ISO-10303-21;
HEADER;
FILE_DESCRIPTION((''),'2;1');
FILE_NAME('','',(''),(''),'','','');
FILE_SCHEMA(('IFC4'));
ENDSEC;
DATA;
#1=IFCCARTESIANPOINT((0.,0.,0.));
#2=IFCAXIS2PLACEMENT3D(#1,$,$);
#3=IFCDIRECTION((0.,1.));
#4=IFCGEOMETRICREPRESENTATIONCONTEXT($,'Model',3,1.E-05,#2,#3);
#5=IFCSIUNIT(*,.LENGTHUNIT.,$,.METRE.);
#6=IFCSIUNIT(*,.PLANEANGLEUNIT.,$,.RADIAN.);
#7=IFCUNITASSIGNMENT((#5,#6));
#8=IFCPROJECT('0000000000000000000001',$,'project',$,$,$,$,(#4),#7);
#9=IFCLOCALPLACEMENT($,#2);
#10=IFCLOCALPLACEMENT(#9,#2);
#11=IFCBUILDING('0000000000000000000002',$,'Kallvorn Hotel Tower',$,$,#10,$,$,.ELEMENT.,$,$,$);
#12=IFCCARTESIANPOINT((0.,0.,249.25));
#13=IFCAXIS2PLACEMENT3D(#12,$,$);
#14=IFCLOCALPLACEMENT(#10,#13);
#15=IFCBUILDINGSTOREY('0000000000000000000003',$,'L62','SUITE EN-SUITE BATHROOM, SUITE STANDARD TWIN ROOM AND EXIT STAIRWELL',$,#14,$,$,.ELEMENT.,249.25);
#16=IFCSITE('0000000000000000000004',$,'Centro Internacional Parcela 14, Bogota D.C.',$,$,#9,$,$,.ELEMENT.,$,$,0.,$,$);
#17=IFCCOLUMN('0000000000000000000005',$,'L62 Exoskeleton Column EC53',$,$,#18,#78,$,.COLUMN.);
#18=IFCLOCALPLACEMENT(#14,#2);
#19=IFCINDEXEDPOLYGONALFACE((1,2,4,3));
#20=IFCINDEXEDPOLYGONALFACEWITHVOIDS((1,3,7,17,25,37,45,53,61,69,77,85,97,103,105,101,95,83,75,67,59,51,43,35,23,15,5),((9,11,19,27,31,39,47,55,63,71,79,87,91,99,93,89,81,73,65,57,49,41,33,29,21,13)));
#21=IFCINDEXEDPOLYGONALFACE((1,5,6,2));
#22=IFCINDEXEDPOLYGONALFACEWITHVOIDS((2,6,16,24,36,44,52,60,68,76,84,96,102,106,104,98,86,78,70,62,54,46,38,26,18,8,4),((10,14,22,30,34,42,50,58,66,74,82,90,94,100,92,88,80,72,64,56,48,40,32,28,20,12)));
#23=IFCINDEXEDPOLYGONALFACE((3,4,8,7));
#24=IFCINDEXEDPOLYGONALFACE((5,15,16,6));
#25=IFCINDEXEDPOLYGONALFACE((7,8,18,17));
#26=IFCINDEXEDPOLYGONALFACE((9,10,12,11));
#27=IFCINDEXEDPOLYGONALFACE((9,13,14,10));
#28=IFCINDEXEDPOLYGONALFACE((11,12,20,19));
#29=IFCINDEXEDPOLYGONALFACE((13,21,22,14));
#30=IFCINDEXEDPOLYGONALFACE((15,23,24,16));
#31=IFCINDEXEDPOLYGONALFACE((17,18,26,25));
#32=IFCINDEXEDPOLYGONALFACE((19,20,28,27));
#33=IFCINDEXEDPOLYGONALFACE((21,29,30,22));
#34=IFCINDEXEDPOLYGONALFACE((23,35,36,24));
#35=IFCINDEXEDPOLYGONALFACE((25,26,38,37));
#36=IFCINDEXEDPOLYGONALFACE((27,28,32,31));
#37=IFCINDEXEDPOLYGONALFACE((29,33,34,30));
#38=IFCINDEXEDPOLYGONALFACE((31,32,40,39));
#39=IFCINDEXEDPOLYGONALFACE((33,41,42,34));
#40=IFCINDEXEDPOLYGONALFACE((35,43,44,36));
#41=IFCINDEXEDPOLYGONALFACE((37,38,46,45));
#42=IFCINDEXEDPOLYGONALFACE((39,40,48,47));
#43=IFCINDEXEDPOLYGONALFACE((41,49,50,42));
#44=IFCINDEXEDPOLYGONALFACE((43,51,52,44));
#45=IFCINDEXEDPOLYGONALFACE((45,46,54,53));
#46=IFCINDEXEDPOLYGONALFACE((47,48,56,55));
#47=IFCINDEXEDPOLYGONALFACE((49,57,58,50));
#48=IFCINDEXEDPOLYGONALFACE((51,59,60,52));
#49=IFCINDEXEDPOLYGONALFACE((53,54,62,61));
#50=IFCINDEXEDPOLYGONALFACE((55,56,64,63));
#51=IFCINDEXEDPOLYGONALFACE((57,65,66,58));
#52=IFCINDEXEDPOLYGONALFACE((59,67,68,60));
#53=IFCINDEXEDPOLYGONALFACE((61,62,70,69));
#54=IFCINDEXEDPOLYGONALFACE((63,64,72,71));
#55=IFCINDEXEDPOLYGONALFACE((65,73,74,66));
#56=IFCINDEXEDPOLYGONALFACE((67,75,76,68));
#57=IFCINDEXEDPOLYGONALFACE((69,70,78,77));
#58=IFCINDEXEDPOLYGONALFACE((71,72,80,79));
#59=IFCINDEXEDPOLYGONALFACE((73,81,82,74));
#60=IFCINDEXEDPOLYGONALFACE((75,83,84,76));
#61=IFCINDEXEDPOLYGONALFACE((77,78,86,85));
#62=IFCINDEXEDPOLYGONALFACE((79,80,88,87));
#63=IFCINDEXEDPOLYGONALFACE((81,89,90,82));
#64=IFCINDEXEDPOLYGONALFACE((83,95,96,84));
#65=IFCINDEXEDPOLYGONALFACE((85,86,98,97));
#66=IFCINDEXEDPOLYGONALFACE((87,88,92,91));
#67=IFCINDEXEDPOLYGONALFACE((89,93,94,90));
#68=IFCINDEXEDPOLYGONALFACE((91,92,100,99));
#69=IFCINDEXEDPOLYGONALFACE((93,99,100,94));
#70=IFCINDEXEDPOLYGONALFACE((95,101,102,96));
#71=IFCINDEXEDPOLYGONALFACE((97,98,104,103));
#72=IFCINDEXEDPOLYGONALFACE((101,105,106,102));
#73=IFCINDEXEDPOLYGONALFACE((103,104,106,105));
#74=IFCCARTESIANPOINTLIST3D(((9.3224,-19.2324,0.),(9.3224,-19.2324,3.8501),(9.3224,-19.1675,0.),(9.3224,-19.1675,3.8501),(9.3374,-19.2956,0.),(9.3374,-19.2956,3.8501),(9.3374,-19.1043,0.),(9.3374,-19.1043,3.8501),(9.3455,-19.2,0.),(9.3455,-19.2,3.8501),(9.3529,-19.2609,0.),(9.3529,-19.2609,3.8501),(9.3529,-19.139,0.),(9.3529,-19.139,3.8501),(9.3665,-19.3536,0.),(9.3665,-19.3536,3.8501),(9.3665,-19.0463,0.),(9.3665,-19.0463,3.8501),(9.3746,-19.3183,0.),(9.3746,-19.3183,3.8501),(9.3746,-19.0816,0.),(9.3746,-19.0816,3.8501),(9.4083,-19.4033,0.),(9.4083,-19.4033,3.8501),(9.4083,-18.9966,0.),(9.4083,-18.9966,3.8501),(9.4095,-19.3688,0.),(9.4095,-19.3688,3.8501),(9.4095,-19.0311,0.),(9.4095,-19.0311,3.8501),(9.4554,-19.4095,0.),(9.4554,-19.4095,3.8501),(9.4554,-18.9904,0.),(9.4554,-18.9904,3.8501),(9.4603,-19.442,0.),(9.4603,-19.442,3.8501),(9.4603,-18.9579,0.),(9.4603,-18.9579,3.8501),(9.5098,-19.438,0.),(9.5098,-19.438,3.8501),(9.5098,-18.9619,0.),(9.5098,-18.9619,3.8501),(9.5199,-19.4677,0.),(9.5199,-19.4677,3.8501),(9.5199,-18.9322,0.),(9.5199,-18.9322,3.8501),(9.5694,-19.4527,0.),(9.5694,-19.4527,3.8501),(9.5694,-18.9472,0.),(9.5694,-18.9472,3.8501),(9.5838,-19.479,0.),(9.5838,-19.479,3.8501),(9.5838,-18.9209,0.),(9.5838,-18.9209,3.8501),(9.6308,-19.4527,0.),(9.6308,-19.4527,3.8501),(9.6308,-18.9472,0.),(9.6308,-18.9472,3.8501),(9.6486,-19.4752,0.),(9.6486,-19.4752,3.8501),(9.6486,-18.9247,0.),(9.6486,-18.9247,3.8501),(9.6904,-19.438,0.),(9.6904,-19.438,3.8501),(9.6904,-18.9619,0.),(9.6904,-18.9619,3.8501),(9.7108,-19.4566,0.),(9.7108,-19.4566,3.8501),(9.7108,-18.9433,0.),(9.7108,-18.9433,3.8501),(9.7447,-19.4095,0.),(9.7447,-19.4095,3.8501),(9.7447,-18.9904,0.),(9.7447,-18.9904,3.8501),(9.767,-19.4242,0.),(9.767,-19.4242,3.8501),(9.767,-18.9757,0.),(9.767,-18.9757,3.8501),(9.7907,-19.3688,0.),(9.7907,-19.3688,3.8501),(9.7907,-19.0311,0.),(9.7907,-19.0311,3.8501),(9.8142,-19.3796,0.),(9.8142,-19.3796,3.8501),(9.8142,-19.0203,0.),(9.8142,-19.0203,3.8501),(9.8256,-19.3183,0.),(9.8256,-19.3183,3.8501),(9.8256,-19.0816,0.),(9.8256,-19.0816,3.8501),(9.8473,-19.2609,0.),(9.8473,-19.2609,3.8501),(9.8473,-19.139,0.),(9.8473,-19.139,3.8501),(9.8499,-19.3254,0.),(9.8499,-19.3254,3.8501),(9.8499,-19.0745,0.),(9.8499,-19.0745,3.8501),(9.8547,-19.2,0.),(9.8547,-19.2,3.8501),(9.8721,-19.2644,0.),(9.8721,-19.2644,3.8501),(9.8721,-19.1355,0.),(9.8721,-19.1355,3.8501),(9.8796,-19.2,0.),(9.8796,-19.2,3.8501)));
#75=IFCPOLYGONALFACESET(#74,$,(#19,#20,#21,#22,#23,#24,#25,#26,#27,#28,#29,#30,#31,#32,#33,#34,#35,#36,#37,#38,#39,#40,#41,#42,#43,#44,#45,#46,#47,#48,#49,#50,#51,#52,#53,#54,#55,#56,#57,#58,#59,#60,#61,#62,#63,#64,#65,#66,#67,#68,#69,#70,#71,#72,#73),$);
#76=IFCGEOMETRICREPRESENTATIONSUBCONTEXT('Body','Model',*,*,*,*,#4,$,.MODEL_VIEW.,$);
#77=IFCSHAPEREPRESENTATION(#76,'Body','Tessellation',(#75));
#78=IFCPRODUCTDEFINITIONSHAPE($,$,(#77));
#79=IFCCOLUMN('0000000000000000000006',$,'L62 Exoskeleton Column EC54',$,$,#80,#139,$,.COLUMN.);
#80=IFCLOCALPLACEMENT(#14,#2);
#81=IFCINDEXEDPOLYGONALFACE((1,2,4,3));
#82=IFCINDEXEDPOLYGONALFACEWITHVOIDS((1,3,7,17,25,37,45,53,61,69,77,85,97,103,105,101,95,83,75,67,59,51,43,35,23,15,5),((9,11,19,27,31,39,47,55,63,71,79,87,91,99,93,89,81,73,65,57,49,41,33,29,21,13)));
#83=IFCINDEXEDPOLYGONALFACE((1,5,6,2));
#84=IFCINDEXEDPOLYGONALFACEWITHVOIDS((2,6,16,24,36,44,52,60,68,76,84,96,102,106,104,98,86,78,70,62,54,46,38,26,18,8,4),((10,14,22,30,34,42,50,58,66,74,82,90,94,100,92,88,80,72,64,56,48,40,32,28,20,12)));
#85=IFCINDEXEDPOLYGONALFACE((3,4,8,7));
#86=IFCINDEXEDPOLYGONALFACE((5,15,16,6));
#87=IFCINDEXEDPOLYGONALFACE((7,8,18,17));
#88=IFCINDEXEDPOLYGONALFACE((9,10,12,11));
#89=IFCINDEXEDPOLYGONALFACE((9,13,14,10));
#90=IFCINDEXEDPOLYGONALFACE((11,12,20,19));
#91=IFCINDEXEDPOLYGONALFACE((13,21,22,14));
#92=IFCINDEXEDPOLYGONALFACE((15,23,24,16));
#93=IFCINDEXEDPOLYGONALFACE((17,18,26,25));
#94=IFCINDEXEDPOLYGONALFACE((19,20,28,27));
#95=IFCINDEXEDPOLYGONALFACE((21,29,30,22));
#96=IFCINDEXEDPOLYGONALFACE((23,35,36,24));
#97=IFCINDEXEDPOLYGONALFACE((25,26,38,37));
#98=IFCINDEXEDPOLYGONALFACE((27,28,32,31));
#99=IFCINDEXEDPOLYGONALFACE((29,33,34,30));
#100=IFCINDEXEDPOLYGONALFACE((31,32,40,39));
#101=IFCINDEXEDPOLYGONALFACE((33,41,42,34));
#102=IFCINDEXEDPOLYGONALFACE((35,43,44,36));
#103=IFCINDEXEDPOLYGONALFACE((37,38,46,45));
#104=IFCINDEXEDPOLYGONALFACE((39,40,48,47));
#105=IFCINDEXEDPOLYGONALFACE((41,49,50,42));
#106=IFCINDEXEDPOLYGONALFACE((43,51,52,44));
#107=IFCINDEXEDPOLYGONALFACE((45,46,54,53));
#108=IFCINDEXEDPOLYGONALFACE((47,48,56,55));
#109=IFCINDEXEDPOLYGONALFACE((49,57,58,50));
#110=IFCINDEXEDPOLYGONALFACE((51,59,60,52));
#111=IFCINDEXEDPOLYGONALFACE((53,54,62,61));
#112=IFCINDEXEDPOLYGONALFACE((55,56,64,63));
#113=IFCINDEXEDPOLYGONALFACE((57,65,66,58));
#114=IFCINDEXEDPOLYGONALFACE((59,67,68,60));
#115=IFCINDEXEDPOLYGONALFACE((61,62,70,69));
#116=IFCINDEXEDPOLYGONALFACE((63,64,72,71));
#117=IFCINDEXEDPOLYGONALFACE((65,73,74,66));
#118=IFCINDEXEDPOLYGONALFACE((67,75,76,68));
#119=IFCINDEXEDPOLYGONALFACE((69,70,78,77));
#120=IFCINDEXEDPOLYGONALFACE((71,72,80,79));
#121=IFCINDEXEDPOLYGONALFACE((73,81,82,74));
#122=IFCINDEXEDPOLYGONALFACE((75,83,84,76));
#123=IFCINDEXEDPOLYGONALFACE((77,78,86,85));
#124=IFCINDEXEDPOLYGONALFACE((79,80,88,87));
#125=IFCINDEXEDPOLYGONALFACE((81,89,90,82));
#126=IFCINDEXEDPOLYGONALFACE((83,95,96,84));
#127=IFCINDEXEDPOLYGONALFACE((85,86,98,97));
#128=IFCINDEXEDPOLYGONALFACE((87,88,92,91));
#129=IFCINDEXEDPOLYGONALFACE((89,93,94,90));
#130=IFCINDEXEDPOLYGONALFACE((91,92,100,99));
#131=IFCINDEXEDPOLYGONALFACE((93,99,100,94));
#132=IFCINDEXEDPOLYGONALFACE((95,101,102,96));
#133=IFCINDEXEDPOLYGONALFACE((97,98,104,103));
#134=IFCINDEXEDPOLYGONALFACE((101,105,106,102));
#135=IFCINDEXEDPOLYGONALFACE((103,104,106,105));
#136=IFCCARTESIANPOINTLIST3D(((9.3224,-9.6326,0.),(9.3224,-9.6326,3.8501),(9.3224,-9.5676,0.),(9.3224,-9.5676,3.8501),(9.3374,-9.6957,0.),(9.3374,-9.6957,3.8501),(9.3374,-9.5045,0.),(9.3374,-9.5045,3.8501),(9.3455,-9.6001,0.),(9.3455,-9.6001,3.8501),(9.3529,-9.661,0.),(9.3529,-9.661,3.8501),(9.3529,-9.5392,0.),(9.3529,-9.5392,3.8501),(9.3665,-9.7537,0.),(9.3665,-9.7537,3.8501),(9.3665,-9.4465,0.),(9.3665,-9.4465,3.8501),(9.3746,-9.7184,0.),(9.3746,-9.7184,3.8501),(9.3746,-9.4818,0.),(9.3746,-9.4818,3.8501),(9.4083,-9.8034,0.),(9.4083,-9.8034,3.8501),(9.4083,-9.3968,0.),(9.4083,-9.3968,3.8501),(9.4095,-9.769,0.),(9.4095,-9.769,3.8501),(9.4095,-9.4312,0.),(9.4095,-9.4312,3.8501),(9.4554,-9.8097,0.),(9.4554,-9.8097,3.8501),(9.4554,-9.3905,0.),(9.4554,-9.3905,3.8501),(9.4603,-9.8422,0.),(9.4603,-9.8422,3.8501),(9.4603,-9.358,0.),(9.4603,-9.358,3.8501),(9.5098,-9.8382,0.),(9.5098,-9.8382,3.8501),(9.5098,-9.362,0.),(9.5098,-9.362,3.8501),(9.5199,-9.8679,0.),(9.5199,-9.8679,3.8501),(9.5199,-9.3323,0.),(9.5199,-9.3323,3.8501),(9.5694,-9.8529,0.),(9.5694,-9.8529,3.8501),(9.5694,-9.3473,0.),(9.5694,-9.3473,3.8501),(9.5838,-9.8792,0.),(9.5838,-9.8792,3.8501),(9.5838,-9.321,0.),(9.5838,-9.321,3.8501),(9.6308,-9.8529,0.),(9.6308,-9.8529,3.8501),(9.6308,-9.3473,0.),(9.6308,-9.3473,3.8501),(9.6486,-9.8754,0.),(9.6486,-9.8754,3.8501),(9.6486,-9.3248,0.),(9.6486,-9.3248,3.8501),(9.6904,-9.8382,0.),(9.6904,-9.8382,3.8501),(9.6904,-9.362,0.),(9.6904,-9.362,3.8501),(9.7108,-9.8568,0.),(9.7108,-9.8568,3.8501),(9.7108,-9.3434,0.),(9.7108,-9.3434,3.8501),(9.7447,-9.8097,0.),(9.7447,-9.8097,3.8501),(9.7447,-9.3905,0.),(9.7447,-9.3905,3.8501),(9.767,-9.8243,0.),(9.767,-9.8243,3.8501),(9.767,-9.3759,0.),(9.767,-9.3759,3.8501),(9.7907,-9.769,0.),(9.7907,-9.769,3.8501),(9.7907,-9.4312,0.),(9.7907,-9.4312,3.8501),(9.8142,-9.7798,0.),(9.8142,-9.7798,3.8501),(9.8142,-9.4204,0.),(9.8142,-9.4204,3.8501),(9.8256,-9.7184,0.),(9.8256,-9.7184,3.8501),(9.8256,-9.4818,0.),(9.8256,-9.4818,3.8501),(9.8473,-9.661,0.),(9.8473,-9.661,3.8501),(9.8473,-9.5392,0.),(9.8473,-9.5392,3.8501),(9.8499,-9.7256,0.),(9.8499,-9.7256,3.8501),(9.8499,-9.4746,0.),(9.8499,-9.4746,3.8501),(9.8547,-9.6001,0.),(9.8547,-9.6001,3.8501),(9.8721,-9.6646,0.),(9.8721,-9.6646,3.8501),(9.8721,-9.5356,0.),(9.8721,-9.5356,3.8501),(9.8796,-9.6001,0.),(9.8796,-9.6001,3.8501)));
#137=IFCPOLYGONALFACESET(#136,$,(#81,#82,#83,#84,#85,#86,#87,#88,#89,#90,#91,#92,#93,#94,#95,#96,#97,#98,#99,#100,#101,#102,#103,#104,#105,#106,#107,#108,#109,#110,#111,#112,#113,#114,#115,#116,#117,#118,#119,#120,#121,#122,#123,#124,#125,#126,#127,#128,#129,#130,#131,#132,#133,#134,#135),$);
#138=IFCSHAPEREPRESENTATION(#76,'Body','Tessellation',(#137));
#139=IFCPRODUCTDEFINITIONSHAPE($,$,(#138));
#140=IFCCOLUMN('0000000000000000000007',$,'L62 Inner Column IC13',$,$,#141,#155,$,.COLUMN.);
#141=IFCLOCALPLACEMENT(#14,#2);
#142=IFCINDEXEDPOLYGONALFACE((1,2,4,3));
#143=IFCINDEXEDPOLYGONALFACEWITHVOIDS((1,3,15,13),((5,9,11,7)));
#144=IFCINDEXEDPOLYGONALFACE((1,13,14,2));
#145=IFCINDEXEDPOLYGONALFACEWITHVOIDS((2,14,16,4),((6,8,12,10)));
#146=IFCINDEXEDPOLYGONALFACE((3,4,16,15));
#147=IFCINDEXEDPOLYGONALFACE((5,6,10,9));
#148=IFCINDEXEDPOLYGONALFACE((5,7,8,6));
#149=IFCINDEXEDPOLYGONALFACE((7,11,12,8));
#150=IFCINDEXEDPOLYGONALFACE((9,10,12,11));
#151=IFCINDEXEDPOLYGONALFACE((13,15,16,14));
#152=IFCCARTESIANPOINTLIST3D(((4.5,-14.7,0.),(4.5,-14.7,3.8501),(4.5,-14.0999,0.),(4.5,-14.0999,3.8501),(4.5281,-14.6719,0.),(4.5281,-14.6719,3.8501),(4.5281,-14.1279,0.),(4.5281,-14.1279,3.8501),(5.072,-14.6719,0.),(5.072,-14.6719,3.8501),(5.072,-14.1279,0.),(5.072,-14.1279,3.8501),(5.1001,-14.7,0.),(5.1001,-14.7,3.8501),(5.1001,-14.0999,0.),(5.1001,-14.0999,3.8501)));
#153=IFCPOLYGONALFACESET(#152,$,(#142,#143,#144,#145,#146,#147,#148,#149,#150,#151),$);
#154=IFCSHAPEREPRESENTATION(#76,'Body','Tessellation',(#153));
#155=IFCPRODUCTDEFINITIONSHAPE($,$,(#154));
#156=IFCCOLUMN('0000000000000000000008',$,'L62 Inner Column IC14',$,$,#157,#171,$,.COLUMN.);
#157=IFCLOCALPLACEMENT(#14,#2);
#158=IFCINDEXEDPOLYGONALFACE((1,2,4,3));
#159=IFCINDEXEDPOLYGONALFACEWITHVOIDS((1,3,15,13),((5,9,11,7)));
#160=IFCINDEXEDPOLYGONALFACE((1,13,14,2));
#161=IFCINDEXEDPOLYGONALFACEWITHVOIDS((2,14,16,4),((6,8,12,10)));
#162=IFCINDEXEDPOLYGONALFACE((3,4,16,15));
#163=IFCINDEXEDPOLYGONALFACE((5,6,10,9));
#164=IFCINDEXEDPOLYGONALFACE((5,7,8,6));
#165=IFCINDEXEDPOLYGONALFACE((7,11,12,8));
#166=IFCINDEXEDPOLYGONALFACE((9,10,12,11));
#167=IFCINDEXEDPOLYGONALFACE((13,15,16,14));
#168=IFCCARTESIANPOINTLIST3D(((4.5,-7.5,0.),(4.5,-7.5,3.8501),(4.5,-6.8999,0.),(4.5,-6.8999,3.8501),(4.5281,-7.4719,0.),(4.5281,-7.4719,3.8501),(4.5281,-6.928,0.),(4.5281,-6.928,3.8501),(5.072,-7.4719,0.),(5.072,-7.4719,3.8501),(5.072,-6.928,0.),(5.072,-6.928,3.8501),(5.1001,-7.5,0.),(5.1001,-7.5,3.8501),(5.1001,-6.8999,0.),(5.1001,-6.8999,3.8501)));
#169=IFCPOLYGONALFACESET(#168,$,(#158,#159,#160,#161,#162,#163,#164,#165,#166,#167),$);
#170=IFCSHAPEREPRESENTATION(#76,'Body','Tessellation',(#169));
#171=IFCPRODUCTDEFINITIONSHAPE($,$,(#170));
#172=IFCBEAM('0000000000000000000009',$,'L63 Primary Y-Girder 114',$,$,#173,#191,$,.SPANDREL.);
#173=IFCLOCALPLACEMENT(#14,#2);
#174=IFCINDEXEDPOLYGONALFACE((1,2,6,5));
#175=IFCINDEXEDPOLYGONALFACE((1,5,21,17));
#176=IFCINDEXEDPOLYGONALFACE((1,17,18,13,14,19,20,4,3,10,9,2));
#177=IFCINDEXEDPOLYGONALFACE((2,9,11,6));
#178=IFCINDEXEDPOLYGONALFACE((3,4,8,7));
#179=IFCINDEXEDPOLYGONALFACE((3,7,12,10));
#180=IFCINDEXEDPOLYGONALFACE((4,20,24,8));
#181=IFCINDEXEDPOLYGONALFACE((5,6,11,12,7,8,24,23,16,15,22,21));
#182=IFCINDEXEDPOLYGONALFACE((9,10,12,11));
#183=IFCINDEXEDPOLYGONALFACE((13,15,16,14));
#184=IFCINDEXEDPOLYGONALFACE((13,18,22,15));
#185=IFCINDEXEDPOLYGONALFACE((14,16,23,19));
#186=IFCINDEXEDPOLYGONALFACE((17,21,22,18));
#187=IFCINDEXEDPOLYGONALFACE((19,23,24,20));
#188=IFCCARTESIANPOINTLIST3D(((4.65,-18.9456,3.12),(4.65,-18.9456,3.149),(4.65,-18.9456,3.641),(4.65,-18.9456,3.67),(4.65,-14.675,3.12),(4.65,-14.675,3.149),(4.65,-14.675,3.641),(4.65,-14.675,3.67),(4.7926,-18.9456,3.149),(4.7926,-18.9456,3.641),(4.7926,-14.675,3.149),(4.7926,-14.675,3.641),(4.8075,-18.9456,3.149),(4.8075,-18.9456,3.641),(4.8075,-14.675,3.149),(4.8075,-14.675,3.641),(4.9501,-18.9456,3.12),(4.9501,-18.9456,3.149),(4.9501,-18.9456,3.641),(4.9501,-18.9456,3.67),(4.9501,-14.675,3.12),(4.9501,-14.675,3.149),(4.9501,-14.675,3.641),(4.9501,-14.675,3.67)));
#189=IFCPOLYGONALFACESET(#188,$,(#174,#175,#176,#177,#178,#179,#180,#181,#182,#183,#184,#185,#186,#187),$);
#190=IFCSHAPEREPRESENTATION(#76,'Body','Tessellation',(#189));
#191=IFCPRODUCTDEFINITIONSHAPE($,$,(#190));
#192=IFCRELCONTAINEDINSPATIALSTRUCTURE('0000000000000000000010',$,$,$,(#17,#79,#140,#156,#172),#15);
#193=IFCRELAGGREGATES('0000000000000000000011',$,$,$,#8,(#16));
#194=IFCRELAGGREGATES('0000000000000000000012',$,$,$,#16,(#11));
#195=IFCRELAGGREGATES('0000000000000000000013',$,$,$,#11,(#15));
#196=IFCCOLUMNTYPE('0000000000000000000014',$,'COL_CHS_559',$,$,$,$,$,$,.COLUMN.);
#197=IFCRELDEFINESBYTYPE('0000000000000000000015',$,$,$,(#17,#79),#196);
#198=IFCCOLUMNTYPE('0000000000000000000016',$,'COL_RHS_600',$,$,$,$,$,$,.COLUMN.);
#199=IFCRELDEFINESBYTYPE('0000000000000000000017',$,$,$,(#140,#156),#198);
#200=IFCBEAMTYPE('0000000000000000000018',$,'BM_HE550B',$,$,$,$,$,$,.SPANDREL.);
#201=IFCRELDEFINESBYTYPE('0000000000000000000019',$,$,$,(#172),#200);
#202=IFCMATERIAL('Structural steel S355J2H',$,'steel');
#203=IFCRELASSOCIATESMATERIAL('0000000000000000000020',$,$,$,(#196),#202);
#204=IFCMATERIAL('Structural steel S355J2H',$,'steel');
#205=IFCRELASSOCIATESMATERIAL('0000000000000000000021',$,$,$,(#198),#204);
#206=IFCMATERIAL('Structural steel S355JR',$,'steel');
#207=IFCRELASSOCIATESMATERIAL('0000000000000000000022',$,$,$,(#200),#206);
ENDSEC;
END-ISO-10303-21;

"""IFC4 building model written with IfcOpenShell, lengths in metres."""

from ifc_helpers import new_model, si_unit, direction, frame, origin, origin_2d, place, context, subcontext, project, spatial, hollow_rectangle, hollow_circle, i_section, extrude, material, material_profile, profile_set, type_object, element, save


model = new_model("IFC4")

# Units and contexts
model_context = context("Model", 3, precision=1e-05, world=origin(), true_north=direction((0.0, 1.0)))
body_context = subcontext(model_context, "Body", "Model", "MODEL_VIEW")
ifc_project = project(units=[si_unit("LENGTHUNIT", "METRE"), si_unit("PLANEANGLEUNIT", "RADIAN")], contexts=[model_context])

# Site, building, storey
site_placement = place(None, origin())
site = spatial("IfcSite", under=ifc_project, at=site_placement, Name="Centro Internacional Parcela 14, Bogota D.C.", CompositionType="ELEMENT", RefElevation=0.0)
building_placement = place(site_placement, origin())
building = spatial("IfcBuilding", under=site, at=building_placement, Name="Kallvorn Hotel Tower", CompositionType="ELEMENT")
storey_placement = place(building_placement, frame((0.0, 0.0, 249.25)))
storey = spatial("IfcBuildingStorey", under=building, at=storey_placement, Name="L62", Description="SUITE EN-SUITE BATHROOM, SUITE STANDARD TWIN ROOM AND EXIT STAIRWELL", CompositionType="ELEMENT", Elevation=249.25)

# Columns
ifc_material_1 = material(Name="Structural steel S355J2H", Category="steel")
ifc_material_profile_1 = material_profile(ifc_material_1, hollow_circle(Radius=0.2795, WallThickness=0.0249, at=origin_2d()), Name="CHS 559x25")
ifc_profile_set_1 = profile_set([ifc_material_profile_1], Name="Structural steel S355J2H")
column_type_1 = type_object("IfcColumnType", Name="COL_CHS_559", PredefinedType="COLUMN", material=ifc_profile_set_1)
for number, where, z_axis, x_axis, name in (
    (1, (9.6001, -19.2, 0.0), (0.0, 0.0, 1.0), (1.0, 0.0, 0.0), "L62 Exoskeleton Column EC53"),
    (2, (9.6001, -9.6001, 0.0), (0.0, 0.0, 1.0), (1.0, 0.0, 0.0), "L62 Exoskeleton Column EC54"),
):
    element("IfcColumn", number, at=place(storey_placement, frame(where, z_axis=z_axis, x_axis=x_axis)), inside=storey, type_object=column_type_1, Name=name, PredefinedType="COLUMN", context=body_context, shape_type="SweptSolid", body=[
        extrude(hollow_circle(Radius=0.2795, WallThickness=0.0249, at=origin_2d()), origin(), (0.0, 0.0, 1.0), 3.8501),
    ])
ifc_material_2 = material(Name="Structural steel S355J2H", Category="steel")
ifc_material_profile_2 = material_profile(ifc_material_2, hollow_rectangle(XDim=0.6001, YDim=0.6001, WallThickness=0.0281, at=origin_2d()), Name="RHS 600x600x28")
ifc_profile_set_2 = profile_set([ifc_material_profile_2], Name="Structural steel S355J2H")
column_type_2 = type_object("IfcColumnType", Name="COL_RHS_600", PredefinedType="COLUMN", material=ifc_profile_set_2)
for number, where, z_axis, x_axis, name in (
    (3, (4.8, -14.3999, 0.0), (0.0, 0.0, 1.0), (1.0, 0.0, 0.0), "L62 Inner Column IC13"),
    (4, (4.8, -7.2, 0.0), (0.0, 0.0, 1.0), (1.0, 0.0, 0.0), "L62 Inner Column IC14"),
):
    element("IfcColumn", number, at=place(storey_placement, frame(where, z_axis=z_axis, x_axis=x_axis)), inside=storey, type_object=column_type_2, Name=name, PredefinedType="COLUMN", context=body_context, shape_type="SweptSolid", body=[
        extrude(hollow_rectangle(XDim=0.6001, YDim=0.6001, WallThickness=0.0281, at=origin_2d()), origin(), (0.0, 0.0, 1.0), 3.8501),
    ])

# Beam
ifc_material_3 = material(Name="Structural steel S355JR", Category="steel")
ifc_material_profile_3 = material_profile(ifc_material_3, i_section(OverallWidth=0.3, OverallDepth=0.55, WebThickness=0.0149, FlangeThickness=0.0291, at=origin_2d()), Name="HE 550 B")
ifc_profile_set_3 = profile_set([ifc_material_profile_3], Name="Structural steel S355JR")
beam_type_1 = type_object("IfcBeamType", Name="BM_HE550B", PredefinedType="SPANDREL", material=ifc_profile_set_3)
beam_1_placement = place(storey_placement, frame((4.8, -18.9456, 3.395), z_axis=(0.0, 1.0, 0.0), x_axis=(-1.0, 0.0, 0.0)))
element("IfcBeam", 5, at=beam_1_placement, inside=storey, type_object=beam_type_1, Name="L63 Primary Y-Girder 114", PredefinedType="SPANDREL", context=body_context, shape_type="SweptSolid", body=[
    extrude(i_section(OverallWidth=0.3, OverallDepth=0.55, WebThickness=0.0149, FlangeThickness=0.0291, at=origin_2d()), origin(), (0.0, 0.0, 1.0), 4.2705),
])

save(model, "model.ifc")
